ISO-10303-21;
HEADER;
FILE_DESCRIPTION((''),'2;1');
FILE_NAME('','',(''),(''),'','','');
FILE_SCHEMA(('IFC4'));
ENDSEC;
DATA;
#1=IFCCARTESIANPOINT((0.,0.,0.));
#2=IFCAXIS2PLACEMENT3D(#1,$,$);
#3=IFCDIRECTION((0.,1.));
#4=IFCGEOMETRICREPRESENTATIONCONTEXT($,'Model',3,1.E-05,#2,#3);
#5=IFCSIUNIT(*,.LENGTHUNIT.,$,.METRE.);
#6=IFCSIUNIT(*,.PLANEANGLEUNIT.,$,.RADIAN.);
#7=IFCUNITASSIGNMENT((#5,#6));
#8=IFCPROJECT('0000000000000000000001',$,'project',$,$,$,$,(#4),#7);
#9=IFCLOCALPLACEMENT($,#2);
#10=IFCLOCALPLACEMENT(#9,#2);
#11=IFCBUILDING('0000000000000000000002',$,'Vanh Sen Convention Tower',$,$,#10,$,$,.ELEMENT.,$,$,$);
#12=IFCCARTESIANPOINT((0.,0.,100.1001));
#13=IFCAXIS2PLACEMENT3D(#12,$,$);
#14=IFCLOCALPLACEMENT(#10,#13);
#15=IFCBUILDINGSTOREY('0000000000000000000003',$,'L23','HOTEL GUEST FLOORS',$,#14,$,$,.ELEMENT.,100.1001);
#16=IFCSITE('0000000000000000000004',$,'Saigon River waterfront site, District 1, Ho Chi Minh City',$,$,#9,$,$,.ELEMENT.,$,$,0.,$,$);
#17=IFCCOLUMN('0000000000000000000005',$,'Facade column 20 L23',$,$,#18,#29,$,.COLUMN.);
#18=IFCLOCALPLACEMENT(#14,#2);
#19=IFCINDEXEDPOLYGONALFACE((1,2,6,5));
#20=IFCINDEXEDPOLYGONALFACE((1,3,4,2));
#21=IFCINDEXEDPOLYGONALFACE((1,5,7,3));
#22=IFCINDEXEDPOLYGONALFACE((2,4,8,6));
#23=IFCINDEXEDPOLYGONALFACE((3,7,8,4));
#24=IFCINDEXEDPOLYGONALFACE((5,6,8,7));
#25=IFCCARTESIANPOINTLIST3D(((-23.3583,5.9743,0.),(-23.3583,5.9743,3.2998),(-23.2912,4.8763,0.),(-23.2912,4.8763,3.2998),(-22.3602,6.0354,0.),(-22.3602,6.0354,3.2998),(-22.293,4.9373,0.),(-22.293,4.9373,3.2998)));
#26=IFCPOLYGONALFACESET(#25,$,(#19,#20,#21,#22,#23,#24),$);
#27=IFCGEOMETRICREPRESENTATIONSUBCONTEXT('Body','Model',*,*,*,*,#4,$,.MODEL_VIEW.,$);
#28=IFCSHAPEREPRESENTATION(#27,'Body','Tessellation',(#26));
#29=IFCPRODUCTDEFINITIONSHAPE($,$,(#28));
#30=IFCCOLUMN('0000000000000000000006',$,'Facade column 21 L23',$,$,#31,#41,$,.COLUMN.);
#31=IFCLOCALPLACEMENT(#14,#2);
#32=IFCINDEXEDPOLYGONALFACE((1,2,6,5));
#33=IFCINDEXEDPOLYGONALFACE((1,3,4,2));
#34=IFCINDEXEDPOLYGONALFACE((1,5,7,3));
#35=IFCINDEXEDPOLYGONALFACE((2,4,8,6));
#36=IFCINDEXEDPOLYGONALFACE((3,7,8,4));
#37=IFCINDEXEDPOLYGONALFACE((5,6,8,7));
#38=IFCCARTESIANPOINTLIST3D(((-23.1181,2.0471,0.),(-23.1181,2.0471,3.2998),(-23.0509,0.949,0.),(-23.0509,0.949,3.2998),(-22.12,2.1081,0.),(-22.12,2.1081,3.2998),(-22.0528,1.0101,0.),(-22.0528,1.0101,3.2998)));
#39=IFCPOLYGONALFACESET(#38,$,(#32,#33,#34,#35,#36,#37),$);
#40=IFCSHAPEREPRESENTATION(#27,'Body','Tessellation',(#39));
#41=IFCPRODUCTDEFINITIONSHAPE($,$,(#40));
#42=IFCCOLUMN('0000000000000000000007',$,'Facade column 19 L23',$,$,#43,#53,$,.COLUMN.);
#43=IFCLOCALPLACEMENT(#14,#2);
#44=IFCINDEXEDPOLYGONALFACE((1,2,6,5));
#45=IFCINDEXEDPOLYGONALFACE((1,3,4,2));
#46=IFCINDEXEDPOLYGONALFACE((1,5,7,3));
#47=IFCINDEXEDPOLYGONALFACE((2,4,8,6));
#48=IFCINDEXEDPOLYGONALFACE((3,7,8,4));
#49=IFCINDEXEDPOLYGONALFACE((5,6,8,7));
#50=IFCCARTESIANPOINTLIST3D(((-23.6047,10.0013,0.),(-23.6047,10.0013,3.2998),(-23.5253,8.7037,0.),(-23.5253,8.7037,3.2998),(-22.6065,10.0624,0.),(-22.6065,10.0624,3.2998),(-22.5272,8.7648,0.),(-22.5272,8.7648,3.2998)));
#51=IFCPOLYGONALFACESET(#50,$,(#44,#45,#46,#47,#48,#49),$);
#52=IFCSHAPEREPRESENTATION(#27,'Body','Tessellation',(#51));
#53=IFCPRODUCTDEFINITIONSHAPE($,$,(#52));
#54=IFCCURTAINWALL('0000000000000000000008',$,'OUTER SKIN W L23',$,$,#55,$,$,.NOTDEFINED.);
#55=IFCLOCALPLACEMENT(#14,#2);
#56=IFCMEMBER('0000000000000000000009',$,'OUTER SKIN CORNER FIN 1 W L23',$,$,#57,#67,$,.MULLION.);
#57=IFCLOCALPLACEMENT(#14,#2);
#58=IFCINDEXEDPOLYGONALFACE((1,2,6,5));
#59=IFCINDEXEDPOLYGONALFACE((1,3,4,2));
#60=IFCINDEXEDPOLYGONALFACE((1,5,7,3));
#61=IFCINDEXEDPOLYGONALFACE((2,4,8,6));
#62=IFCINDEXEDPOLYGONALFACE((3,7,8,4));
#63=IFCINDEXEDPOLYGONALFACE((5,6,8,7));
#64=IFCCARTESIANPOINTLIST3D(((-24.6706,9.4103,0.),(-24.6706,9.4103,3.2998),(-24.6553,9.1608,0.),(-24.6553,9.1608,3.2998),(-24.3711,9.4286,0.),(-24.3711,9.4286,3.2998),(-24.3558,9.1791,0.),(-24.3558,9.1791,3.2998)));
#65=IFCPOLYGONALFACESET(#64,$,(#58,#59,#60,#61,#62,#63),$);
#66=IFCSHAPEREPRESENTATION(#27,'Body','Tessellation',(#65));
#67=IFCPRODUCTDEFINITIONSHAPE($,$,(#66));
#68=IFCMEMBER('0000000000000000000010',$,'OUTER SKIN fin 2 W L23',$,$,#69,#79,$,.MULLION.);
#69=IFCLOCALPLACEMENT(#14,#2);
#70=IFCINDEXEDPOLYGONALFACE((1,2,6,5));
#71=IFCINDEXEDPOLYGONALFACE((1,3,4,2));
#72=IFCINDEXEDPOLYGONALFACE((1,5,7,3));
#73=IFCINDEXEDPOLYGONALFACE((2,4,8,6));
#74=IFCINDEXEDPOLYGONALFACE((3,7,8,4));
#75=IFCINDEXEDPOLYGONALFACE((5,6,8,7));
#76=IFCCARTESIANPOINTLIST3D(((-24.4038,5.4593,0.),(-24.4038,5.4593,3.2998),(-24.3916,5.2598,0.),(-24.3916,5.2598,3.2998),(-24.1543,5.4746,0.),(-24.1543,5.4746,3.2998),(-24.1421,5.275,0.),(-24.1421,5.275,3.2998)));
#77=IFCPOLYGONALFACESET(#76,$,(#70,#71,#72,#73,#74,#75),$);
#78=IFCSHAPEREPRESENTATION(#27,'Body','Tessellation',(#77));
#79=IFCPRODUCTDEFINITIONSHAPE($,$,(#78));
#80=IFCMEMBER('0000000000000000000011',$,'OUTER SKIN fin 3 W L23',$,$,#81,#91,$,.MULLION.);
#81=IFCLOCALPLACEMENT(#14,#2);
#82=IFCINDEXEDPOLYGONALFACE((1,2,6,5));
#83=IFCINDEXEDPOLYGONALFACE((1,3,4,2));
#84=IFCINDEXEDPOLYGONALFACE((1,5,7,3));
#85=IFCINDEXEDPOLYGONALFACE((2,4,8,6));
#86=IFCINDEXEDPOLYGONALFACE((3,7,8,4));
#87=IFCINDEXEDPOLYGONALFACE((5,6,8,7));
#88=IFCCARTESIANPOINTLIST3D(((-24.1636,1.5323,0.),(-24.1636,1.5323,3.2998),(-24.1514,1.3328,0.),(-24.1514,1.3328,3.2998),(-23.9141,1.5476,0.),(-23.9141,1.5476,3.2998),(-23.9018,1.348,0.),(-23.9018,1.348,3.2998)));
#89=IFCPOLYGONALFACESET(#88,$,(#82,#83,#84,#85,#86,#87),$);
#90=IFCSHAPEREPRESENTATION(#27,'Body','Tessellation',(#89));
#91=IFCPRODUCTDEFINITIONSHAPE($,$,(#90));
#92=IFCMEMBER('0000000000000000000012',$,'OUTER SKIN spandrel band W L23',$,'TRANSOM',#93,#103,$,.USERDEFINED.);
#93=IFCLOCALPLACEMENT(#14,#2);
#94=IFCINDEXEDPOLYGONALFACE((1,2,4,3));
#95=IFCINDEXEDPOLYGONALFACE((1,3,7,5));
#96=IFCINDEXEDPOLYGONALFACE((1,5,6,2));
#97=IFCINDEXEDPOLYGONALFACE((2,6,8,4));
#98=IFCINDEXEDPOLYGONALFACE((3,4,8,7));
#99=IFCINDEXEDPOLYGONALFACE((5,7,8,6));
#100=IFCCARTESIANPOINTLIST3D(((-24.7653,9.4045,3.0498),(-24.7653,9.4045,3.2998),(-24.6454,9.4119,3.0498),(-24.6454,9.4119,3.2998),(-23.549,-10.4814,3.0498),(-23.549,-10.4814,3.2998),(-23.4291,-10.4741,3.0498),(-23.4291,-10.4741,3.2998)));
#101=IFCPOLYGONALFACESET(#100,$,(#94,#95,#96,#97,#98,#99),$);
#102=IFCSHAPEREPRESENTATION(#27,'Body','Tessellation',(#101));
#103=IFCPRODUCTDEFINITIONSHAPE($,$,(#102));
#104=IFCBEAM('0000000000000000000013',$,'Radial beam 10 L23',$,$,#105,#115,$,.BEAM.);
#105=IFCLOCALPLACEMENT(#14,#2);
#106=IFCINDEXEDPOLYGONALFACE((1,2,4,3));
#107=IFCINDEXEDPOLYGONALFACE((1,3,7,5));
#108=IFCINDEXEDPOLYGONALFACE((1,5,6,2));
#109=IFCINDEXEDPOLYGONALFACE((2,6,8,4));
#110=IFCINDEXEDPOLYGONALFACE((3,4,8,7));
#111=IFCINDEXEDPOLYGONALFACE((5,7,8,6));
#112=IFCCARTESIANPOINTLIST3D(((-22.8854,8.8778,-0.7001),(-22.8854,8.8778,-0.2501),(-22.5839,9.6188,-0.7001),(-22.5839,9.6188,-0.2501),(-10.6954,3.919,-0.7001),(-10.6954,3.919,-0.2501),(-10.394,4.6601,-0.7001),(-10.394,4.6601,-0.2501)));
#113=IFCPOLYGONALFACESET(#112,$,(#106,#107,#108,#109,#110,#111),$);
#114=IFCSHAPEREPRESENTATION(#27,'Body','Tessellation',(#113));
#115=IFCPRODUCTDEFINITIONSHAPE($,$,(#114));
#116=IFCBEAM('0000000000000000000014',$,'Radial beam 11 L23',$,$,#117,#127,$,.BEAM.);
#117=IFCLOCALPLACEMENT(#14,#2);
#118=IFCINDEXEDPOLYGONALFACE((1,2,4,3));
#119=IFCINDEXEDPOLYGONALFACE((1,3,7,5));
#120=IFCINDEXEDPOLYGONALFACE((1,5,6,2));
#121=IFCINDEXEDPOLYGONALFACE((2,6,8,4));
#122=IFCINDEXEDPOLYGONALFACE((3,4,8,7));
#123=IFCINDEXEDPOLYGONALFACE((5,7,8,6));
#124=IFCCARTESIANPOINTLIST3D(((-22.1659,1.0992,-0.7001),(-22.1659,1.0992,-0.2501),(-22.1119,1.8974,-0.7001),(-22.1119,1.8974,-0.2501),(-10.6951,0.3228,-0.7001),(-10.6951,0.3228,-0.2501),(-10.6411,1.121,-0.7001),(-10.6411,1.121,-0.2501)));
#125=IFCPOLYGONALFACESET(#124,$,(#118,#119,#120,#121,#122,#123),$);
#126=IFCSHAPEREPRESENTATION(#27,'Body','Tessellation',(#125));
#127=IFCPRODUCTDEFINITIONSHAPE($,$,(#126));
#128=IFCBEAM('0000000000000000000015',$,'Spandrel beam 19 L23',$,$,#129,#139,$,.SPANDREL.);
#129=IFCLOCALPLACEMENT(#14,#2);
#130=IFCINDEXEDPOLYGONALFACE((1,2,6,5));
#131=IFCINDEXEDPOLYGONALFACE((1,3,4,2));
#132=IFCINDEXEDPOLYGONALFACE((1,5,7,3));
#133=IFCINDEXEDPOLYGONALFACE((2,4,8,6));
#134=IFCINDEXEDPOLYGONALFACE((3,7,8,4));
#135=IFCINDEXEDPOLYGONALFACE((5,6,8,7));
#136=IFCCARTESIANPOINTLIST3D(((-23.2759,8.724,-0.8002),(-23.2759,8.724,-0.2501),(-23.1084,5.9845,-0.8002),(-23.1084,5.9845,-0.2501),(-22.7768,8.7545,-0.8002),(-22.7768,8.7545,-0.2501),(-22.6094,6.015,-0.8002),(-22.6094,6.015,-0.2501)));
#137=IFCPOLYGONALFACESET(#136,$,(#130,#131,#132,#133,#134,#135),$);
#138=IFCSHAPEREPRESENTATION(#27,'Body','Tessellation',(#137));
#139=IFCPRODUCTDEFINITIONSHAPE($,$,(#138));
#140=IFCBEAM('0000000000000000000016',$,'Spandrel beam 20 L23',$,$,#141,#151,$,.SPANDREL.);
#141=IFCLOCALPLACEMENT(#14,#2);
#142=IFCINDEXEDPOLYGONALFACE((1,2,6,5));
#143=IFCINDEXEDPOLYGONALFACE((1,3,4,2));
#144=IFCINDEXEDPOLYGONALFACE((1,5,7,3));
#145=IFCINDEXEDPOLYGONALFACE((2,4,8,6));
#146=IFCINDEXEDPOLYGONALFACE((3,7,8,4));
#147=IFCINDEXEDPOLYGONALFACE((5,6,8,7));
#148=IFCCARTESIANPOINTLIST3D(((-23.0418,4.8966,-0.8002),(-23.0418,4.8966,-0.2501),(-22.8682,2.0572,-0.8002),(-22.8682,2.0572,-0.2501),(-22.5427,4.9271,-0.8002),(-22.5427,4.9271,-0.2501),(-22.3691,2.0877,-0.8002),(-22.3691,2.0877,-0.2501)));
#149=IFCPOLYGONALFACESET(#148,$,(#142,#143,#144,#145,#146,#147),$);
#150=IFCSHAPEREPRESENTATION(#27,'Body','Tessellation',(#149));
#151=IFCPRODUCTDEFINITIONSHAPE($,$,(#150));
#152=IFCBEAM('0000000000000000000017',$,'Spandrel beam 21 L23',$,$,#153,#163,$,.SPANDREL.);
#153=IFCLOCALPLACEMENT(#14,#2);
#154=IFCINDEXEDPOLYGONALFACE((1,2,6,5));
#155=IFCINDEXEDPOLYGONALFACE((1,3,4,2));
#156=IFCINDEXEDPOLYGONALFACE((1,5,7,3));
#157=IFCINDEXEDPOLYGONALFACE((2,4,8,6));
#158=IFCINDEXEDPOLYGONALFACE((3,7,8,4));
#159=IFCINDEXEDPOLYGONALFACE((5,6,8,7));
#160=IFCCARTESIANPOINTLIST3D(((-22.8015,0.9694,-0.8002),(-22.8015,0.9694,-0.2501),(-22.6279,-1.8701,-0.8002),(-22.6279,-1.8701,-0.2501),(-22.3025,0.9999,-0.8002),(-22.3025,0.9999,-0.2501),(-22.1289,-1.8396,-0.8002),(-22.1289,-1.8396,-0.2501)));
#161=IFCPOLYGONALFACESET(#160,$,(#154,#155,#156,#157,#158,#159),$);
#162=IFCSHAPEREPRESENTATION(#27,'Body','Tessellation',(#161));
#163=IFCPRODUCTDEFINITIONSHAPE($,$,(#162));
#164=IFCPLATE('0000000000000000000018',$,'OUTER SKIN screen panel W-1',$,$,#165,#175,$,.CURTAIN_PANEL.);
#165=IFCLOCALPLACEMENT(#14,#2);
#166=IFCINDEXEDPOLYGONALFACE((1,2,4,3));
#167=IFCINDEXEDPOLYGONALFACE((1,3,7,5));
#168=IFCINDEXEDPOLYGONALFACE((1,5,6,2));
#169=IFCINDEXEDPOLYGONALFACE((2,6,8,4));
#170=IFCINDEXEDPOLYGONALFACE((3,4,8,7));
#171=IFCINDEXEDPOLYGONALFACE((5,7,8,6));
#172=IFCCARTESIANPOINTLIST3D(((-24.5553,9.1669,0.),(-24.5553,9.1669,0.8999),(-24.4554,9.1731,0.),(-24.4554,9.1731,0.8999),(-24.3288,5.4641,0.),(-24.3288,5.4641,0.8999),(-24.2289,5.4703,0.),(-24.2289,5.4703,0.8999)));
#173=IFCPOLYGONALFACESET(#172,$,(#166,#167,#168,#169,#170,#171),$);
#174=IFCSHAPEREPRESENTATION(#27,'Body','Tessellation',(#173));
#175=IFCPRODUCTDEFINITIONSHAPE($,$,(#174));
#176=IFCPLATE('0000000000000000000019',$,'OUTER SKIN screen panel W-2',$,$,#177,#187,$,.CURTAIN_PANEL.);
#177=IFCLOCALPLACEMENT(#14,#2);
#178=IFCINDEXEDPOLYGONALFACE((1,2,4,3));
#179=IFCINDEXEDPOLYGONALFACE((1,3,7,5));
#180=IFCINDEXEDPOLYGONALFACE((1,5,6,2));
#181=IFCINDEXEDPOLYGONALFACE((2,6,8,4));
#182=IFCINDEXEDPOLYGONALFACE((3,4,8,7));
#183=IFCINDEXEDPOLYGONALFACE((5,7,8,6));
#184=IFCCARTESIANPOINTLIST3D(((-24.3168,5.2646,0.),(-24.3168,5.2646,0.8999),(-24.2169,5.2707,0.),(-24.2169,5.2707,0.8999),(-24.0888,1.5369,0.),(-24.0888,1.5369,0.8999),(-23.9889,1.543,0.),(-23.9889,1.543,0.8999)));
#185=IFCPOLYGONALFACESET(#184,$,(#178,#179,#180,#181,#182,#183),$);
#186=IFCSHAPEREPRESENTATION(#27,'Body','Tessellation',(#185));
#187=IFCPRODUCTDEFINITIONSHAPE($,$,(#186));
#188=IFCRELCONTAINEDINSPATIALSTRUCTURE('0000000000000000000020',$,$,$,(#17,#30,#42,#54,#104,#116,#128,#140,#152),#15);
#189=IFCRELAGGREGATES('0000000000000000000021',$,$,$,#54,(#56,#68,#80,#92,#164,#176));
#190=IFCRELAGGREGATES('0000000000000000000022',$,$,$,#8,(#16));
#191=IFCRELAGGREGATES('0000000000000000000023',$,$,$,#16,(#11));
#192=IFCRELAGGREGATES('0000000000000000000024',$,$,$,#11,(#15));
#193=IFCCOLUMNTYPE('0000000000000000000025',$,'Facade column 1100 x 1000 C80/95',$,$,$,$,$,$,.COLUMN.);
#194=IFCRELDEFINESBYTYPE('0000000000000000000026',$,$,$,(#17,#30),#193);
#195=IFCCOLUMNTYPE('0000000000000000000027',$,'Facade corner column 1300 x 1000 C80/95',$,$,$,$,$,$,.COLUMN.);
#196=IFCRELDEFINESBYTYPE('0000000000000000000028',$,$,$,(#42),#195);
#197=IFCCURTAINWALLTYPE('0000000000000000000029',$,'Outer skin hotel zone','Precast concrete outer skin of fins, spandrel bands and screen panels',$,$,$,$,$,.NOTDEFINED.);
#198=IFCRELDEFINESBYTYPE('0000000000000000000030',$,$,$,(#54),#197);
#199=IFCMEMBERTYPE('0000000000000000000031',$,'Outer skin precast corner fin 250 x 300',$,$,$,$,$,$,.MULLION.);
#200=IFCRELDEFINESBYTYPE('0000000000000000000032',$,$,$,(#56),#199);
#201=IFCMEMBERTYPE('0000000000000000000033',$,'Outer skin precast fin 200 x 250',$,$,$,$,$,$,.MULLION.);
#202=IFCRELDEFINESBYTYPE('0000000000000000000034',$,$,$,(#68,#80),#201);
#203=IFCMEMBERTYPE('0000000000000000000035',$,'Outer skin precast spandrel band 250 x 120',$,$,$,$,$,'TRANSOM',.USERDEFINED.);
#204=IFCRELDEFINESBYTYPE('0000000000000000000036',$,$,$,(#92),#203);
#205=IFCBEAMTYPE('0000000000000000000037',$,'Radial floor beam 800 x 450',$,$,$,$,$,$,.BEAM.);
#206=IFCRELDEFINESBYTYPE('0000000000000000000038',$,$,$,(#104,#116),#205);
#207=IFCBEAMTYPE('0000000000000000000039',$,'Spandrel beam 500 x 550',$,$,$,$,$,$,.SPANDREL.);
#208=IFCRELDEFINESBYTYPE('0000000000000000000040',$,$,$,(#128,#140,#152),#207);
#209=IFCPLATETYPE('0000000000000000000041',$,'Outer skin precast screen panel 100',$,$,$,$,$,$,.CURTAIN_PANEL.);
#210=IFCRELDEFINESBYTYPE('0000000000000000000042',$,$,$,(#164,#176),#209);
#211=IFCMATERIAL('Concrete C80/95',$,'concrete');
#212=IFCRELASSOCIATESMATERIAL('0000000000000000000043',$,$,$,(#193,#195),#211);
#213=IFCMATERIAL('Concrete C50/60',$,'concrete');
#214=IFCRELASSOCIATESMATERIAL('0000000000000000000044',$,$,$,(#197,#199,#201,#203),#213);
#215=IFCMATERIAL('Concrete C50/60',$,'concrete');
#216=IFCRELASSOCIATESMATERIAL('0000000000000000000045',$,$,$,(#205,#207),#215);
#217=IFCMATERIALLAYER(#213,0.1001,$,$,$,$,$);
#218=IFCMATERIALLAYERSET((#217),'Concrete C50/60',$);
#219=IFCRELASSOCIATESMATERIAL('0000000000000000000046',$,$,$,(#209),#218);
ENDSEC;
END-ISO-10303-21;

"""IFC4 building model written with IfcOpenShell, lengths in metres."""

from ifc_helpers import new_model, si_unit, direction, frame, origin, origin_2d, place, context, subcontext, project, spatial, rectangle, extrude, material, layer, layer_set, material_profile, profile_set, type_object, element, aggregate, save


model = new_model("IFC4")

# Units and contexts
model_context = context("Model", 3, precision=1e-05, world=origin(), true_north=direction((0.0, 1.0)))
body_context = subcontext(model_context, "Body", "Model", "MODEL_VIEW")
ifc_project = project(units=[si_unit("LENGTHUNIT", "METRE"), si_unit("PLANEANGLEUNIT", "RADIAN")], contexts=[model_context])

# Site, building, storey
site_placement = place(None, origin())
site = spatial("IfcSite", under=ifc_project, at=site_placement, Name="Saigon River waterfront site, District 1, Ho Chi Minh City", CompositionType="ELEMENT", RefElevation=0.0)
building_placement = place(site_placement, origin())
building = spatial("IfcBuilding", under=site, at=building_placement, Name="Vanh Sen Convention Tower", CompositionType="ELEMENT")
storey_placement = place(building_placement, frame((0.0, 0.0, 100.1001)))
storey = spatial("IfcBuildingStorey", under=building, at=storey_placement, Name="L23", Description="HOTEL GUEST FLOORS", CompositionType="ELEMENT", Elevation=100.1001)

# Columns
ifc_material_1 = material(Name="Concrete C80/95", Category="concrete")
ifc_material_profile_1 = material_profile(ifc_material_1, rectangle(XDim=1.1001, YDim=1.0, at=origin_2d()), Name="RC 1100X1000")
ifc_profile_set_1 = profile_set([ifc_material_profile_1], Name="Concrete C80/95")
column_type_1 = type_object("IfcColumnType", Name="Facade column 1100 x 1000 C80/95", PredefinedType="COLUMN", material=ifc_profile_set_1)
for number, where, z_axis, x_axis, name in (
    (1, (-22.8257, 5.4558, 0.0), (0.0, 0.0, 1.0), (0.061049, -0.998135, 0.0), "Facade column 20 L23"),
    (2, (-22.5854, 1.5286, 0.0), (0.0, 0.0, 1.0), (0.061049, -0.998135, 0.0), "Facade column 21 L23"),
):
    element("IfcColumn", number, at=place(storey_placement, frame(where, z_axis=z_axis, x_axis=x_axis)), inside=storey, type_object=column_type_1, Name=name, PredefinedType="COLUMN", context=body_context, shape_type="SweptSolid", body=[
        extrude(rectangle(XDim=1.1001, YDim=1.0, at=origin_2d()), origin(), (0.0, 0.0, 1.0), 3.2998),
    ])
ifc_material_profile_2 = material_profile(ifc_material_1, rectangle(XDim=1.3, YDim=1.0, at=origin_2d()), Name="RC 1300X1000")
ifc_profile_set_2 = profile_set([ifc_material_profile_2], Name="Concrete C80/95")
column_type_2 = type_object("IfcColumnType", Name="Facade corner column 1300 x 1000 C80/95", PredefinedType="COLUMN", material=ifc_profile_set_2)
column_placement = place(storey_placement, frame((-23.0659, 9.3831, 0.0), z_axis=(0.0, 0.0, 1.0), x_axis=(0.061049, -0.998135, 0.0)))
element("IfcColumn", 3, at=column_placement, inside=storey, type_object=column_type_2, Name="Facade column 19 L23", PredefinedType="COLUMN", context=body_context, shape_type="SweptSolid", body=[
    extrude(rectangle(XDim=1.3, YDim=1.0, at=origin_2d()), origin(), (0.0, 0.0, 1.0), 3.2998),
])

# Curtain wall, members
ifc_material_2 = material(Name="Concrete C50/60", Category="concrete")
curtain_wall_type = type_object("IfcCurtainWallType", Name="Outer skin hotel zone", Description="Precast concrete outer skin of fins, spandrel bands and screen panels", PredefinedType="NOTDEFINED", material=ifc_material_2)
curtain_wall_placement = place(storey_placement, origin())
curtain_wall = element("IfcCurtainWall", 4, at=curtain_wall_placement, inside=storey, type_object=curtain_wall_type, Name="OUTER SKIN W L23", PredefinedType="NOTDEFINED")
ifc_material_profile_3 = material_profile(ifc_material_2, rectangle(XDim=0.25, YDim=0.3, at=origin_2d()), Name="Outer skin precast corner fin 250 x 300")
ifc_profile_set_3 = profile_set([ifc_material_profile_3], Name="Concrete C50/60")
member_type_1 = type_object("IfcMemberType", Name="Outer skin precast corner fin 250 x 300", PredefinedType="MULLION", material=ifc_profile_set_3)
member_1_placement = place(storey_placement, frame((-24.5132, 9.2947, 0.0), z_axis=(0.0, 0.0, 1.0), x_axis=(0.061049, -0.998135, 0.0)))
member_1 = element("IfcMember", 5, at=member_1_placement, type_object=member_type_1, Name="OUTER SKIN CORNER FIN 1 W L23", PredefinedType="MULLION", context=body_context, shape_type="SweptSolid", body=[
    extrude(rectangle(XDim=0.25, YDim=0.3, at=origin_2d()), origin(), (0.0, 0.0, 1.0), 3.2998),
])
ifc_material_profile_4 = material_profile(ifc_material_2, rectangle(XDim=0.2, YDim=0.25, at=origin_2d()), Name="Outer skin precast fin 200 x 250")
ifc_profile_set_4 = profile_set([ifc_material_profile_4], Name="Concrete C50/60")
member_type_2 = type_object("IfcMemberType", Name="Outer skin precast fin 200 x 250", PredefinedType="MULLION", material=ifc_profile_set_4)
member_2_placement = place(storey_placement, frame((-24.2729, 5.3672, 0.0), z_axis=(0.0, 0.0, 1.0), x_axis=(0.061049, -0.998135, 0.0)))
member_2 = element("IfcMember", 6, at=member_2_placement, type_object=member_type_2, Name="OUTER SKIN fin 2 W L23", PredefinedType="MULLION", context=body_context, shape_type="SweptSolid", body=[
    extrude(rectangle(XDim=0.2, YDim=0.25, at=origin_2d()), origin(), (0.0, 0.0, 1.0), 3.2998),
])
member_3_placement = place(storey_placement, frame((-24.0327, 1.4402, 0.0), z_axis=(0.0, 0.0, 1.0), x_axis=(0.061049, -0.998135, 0.0)))
member_3 = element("IfcMember", 7, at=member_3_placement, type_object=member_type_2, Name="OUTER SKIN fin 3 W L23", PredefinedType="MULLION", context=body_context, shape_type="SweptSolid", body=[
    extrude(rectangle(XDim=0.2, YDim=0.25, at=origin_2d()), origin(), (0.0, 0.0, 1.0), 3.2998),
])
ifc_material_profile_5 = material_profile(ifc_material_2, rectangle(XDim=0.1201, YDim=0.25, at=origin_2d()), Name="Outer skin precast spandrel band 250 x 120")
ifc_profile_set_5 = profile_set([ifc_material_profile_5], Name="Concrete C50/60")
member_type_3 = type_object("IfcMemberType", Name="Outer skin precast spandrel band 250 x 120", ElementType="TRANSOM", PredefinedType="USERDEFINED", material=ifc_profile_set_5)
member_4_placement = place(storey_placement, frame((-24.7053, 9.4082, 3.1748), z_axis=(0.06105, -0.998135, 0.0), x_axis=(0.998135, 0.06105, 0.0)))
member_4 = element("IfcMember", 8, at=member_4_placement, type_object=member_type_3, Name="OUTER SKIN spandrel band W L23", ObjectType="TRANSOM", PredefinedType="USERDEFINED", context=body_context, shape_type="SweptSolid", body=[
    extrude(rectangle(XDim=0.1201, YDim=0.25, at=origin_2d()), origin(), (0.0, 0.0, 1.0), 19.9231),
])

# Beams
ifc_material_3 = material(Name="Concrete C50/60", Category="concrete")
ifc_material_profile_6 = material_profile(ifc_material_3, rectangle(XDim=0.8, YDim=0.45, at=origin_2d()), Name="RC 800X450")
ifc_profile_set_6 = profile_set([ifc_material_profile_6], Name="Concrete C50/60")
beam_type_1 = type_object("IfcBeamType", Name="Radial floor beam 800 x 450", PredefinedType="BEAM", material=ifc_profile_set_6)
beam_1_placement = place(storey_placement, frame((-22.7346, 9.2483, -0.4751), z_axis=(0.926292, -0.376806, 0.0), x_axis=(0.376806, 0.926292, 0.0)))
element("IfcBeam", 9, at=beam_1_placement, inside=storey, type_object=beam_type_1, Name="Radial beam 10 L23", PredefinedType="BEAM", context=body_context, shape_type="SweptSolid", body=[
    extrude(rectangle(XDim=0.8, YDim=0.45, at=origin_2d()), origin(), (0.0, 0.0, 1.0), 13.1599),
])
beam_2_placement = place(storey_placement, frame((-22.1389, 1.4983, -0.4751), z_axis=(0.997717, -0.067527, 0.0), x_axis=(0.067527, 0.997717, 0.0)))
element("IfcBeam", 10, at=beam_2_placement, inside=storey, type_object=beam_type_1, Name="Radial beam 11 L23", PredefinedType="BEAM", context=body_context, shape_type="SweptSolid", body=[
    extrude(rectangle(XDim=0.8, YDim=0.45, at=origin_2d()), origin(), (0.0, 0.0, 1.0), 11.4971),
])
ifc_material_profile_7 = material_profile(ifc_material_3, rectangle(XDim=0.5, YDim=0.55, at=origin_2d()), Name="RC 500X550")
ifc_profile_set_7 = profile_set([ifc_material_profile_7], Name="Concrete C50/60")
beam_type_2 = type_object("IfcBeamType", Name="Spandrel beam 500 x 550", PredefinedType="SPANDREL", material=ifc_profile_set_7)
beam_3_placement = place(storey_placement, frame((-23.0264, 8.7393, -0.5251), z_axis=(0.061021, -0.998136, 0.0), x_axis=(0.998136, 0.061021, 0.0)))
element("IfcBeam", 11, at=beam_3_placement, inside=storey, type_object=beam_type_2, Name="Spandrel beam 19 L23", PredefinedType="SPANDREL", context=body_context, shape_type="SweptSolid", body=[
    extrude(rectangle(XDim=0.5, YDim=0.55, at=origin_2d()), origin(), (0.0, 0.0, 1.0), 2.7446),
])
for number, where, z_axis, x_axis, name in (
    (12, (-22.7922, 4.9119, -0.5251), (0.061021, -0.998136, 0.0), (0.998136, 0.061021, 0.0), "Spandrel beam 20 L23"),
    (13, (-22.552, 0.9846, -0.5251), (0.061021, -0.998136, 0.0), (0.998136, 0.061021, 0.0), "Spandrel beam 21 L23"),
):
    element("IfcBeam", number, at=place(storey_placement, frame(where, z_axis=z_axis, x_axis=x_axis)), inside=storey, type_object=beam_type_2, Name=name, PredefinedType="SPANDREL", context=body_context, shape_type="SweptSolid", body=[
        extrude(rectangle(XDim=0.5, YDim=0.55, at=origin_2d()), origin(), (0.0, 0.0, 1.0), 2.8447),
    ])

# Plates
ifc_layer_1 = layer(ifc_material_2, 0.1001)
ifc_layer_set_1 = layer_set([ifc_layer_1], Name="Concrete C50/60")
plate_type = type_object("IfcPlateType", Name="Outer skin precast screen panel 100", PredefinedType="CURTAIN_PANEL", material=ifc_layer_set_1)
plate_1_placement = place(storey_placement, frame((-24.3921, 7.3186, 0.0), z_axis=(0.0, 0.0, 1.0), x_axis=(0.061047, -0.998135, 0.0)))
plate_1 = element("IfcPlate", 14, at=plate_1_placement, type_object=plate_type, Name="OUTER SKIN screen panel W-1", PredefinedType="CURTAIN_PANEL", context=body_context, shape_type="SweptSolid", body=[
    extrude(rectangle(XDim=3.7097, YDim=0.1001, at=origin_2d()), origin(), (0.0, 0.0, 1.0), 0.8999),
])
plate_2_placement = place(storey_placement, frame((-24.1528, 3.4038, 0.0), z_axis=(0.0, 0.0, 1.0), x_axis=(0.061049, -0.998135, 0.0)))
plate_2 = element("IfcPlate", 15, at=plate_2_placement, type_object=plate_type, Name="OUTER SKIN screen panel W-2", PredefinedType="CURTAIN_PANEL", context=body_context, shape_type="SweptSolid", body=[
    extrude(rectangle(XDim=3.7346, YDim=0.1001, at=origin_2d()), origin(), (0.0, 0.0, 1.0), 0.8999),
])
aggregate(curtain_wall, [member_1, member_2, member_3, member_4, plate_1, plate_2])

save(model, "model.ifc")
